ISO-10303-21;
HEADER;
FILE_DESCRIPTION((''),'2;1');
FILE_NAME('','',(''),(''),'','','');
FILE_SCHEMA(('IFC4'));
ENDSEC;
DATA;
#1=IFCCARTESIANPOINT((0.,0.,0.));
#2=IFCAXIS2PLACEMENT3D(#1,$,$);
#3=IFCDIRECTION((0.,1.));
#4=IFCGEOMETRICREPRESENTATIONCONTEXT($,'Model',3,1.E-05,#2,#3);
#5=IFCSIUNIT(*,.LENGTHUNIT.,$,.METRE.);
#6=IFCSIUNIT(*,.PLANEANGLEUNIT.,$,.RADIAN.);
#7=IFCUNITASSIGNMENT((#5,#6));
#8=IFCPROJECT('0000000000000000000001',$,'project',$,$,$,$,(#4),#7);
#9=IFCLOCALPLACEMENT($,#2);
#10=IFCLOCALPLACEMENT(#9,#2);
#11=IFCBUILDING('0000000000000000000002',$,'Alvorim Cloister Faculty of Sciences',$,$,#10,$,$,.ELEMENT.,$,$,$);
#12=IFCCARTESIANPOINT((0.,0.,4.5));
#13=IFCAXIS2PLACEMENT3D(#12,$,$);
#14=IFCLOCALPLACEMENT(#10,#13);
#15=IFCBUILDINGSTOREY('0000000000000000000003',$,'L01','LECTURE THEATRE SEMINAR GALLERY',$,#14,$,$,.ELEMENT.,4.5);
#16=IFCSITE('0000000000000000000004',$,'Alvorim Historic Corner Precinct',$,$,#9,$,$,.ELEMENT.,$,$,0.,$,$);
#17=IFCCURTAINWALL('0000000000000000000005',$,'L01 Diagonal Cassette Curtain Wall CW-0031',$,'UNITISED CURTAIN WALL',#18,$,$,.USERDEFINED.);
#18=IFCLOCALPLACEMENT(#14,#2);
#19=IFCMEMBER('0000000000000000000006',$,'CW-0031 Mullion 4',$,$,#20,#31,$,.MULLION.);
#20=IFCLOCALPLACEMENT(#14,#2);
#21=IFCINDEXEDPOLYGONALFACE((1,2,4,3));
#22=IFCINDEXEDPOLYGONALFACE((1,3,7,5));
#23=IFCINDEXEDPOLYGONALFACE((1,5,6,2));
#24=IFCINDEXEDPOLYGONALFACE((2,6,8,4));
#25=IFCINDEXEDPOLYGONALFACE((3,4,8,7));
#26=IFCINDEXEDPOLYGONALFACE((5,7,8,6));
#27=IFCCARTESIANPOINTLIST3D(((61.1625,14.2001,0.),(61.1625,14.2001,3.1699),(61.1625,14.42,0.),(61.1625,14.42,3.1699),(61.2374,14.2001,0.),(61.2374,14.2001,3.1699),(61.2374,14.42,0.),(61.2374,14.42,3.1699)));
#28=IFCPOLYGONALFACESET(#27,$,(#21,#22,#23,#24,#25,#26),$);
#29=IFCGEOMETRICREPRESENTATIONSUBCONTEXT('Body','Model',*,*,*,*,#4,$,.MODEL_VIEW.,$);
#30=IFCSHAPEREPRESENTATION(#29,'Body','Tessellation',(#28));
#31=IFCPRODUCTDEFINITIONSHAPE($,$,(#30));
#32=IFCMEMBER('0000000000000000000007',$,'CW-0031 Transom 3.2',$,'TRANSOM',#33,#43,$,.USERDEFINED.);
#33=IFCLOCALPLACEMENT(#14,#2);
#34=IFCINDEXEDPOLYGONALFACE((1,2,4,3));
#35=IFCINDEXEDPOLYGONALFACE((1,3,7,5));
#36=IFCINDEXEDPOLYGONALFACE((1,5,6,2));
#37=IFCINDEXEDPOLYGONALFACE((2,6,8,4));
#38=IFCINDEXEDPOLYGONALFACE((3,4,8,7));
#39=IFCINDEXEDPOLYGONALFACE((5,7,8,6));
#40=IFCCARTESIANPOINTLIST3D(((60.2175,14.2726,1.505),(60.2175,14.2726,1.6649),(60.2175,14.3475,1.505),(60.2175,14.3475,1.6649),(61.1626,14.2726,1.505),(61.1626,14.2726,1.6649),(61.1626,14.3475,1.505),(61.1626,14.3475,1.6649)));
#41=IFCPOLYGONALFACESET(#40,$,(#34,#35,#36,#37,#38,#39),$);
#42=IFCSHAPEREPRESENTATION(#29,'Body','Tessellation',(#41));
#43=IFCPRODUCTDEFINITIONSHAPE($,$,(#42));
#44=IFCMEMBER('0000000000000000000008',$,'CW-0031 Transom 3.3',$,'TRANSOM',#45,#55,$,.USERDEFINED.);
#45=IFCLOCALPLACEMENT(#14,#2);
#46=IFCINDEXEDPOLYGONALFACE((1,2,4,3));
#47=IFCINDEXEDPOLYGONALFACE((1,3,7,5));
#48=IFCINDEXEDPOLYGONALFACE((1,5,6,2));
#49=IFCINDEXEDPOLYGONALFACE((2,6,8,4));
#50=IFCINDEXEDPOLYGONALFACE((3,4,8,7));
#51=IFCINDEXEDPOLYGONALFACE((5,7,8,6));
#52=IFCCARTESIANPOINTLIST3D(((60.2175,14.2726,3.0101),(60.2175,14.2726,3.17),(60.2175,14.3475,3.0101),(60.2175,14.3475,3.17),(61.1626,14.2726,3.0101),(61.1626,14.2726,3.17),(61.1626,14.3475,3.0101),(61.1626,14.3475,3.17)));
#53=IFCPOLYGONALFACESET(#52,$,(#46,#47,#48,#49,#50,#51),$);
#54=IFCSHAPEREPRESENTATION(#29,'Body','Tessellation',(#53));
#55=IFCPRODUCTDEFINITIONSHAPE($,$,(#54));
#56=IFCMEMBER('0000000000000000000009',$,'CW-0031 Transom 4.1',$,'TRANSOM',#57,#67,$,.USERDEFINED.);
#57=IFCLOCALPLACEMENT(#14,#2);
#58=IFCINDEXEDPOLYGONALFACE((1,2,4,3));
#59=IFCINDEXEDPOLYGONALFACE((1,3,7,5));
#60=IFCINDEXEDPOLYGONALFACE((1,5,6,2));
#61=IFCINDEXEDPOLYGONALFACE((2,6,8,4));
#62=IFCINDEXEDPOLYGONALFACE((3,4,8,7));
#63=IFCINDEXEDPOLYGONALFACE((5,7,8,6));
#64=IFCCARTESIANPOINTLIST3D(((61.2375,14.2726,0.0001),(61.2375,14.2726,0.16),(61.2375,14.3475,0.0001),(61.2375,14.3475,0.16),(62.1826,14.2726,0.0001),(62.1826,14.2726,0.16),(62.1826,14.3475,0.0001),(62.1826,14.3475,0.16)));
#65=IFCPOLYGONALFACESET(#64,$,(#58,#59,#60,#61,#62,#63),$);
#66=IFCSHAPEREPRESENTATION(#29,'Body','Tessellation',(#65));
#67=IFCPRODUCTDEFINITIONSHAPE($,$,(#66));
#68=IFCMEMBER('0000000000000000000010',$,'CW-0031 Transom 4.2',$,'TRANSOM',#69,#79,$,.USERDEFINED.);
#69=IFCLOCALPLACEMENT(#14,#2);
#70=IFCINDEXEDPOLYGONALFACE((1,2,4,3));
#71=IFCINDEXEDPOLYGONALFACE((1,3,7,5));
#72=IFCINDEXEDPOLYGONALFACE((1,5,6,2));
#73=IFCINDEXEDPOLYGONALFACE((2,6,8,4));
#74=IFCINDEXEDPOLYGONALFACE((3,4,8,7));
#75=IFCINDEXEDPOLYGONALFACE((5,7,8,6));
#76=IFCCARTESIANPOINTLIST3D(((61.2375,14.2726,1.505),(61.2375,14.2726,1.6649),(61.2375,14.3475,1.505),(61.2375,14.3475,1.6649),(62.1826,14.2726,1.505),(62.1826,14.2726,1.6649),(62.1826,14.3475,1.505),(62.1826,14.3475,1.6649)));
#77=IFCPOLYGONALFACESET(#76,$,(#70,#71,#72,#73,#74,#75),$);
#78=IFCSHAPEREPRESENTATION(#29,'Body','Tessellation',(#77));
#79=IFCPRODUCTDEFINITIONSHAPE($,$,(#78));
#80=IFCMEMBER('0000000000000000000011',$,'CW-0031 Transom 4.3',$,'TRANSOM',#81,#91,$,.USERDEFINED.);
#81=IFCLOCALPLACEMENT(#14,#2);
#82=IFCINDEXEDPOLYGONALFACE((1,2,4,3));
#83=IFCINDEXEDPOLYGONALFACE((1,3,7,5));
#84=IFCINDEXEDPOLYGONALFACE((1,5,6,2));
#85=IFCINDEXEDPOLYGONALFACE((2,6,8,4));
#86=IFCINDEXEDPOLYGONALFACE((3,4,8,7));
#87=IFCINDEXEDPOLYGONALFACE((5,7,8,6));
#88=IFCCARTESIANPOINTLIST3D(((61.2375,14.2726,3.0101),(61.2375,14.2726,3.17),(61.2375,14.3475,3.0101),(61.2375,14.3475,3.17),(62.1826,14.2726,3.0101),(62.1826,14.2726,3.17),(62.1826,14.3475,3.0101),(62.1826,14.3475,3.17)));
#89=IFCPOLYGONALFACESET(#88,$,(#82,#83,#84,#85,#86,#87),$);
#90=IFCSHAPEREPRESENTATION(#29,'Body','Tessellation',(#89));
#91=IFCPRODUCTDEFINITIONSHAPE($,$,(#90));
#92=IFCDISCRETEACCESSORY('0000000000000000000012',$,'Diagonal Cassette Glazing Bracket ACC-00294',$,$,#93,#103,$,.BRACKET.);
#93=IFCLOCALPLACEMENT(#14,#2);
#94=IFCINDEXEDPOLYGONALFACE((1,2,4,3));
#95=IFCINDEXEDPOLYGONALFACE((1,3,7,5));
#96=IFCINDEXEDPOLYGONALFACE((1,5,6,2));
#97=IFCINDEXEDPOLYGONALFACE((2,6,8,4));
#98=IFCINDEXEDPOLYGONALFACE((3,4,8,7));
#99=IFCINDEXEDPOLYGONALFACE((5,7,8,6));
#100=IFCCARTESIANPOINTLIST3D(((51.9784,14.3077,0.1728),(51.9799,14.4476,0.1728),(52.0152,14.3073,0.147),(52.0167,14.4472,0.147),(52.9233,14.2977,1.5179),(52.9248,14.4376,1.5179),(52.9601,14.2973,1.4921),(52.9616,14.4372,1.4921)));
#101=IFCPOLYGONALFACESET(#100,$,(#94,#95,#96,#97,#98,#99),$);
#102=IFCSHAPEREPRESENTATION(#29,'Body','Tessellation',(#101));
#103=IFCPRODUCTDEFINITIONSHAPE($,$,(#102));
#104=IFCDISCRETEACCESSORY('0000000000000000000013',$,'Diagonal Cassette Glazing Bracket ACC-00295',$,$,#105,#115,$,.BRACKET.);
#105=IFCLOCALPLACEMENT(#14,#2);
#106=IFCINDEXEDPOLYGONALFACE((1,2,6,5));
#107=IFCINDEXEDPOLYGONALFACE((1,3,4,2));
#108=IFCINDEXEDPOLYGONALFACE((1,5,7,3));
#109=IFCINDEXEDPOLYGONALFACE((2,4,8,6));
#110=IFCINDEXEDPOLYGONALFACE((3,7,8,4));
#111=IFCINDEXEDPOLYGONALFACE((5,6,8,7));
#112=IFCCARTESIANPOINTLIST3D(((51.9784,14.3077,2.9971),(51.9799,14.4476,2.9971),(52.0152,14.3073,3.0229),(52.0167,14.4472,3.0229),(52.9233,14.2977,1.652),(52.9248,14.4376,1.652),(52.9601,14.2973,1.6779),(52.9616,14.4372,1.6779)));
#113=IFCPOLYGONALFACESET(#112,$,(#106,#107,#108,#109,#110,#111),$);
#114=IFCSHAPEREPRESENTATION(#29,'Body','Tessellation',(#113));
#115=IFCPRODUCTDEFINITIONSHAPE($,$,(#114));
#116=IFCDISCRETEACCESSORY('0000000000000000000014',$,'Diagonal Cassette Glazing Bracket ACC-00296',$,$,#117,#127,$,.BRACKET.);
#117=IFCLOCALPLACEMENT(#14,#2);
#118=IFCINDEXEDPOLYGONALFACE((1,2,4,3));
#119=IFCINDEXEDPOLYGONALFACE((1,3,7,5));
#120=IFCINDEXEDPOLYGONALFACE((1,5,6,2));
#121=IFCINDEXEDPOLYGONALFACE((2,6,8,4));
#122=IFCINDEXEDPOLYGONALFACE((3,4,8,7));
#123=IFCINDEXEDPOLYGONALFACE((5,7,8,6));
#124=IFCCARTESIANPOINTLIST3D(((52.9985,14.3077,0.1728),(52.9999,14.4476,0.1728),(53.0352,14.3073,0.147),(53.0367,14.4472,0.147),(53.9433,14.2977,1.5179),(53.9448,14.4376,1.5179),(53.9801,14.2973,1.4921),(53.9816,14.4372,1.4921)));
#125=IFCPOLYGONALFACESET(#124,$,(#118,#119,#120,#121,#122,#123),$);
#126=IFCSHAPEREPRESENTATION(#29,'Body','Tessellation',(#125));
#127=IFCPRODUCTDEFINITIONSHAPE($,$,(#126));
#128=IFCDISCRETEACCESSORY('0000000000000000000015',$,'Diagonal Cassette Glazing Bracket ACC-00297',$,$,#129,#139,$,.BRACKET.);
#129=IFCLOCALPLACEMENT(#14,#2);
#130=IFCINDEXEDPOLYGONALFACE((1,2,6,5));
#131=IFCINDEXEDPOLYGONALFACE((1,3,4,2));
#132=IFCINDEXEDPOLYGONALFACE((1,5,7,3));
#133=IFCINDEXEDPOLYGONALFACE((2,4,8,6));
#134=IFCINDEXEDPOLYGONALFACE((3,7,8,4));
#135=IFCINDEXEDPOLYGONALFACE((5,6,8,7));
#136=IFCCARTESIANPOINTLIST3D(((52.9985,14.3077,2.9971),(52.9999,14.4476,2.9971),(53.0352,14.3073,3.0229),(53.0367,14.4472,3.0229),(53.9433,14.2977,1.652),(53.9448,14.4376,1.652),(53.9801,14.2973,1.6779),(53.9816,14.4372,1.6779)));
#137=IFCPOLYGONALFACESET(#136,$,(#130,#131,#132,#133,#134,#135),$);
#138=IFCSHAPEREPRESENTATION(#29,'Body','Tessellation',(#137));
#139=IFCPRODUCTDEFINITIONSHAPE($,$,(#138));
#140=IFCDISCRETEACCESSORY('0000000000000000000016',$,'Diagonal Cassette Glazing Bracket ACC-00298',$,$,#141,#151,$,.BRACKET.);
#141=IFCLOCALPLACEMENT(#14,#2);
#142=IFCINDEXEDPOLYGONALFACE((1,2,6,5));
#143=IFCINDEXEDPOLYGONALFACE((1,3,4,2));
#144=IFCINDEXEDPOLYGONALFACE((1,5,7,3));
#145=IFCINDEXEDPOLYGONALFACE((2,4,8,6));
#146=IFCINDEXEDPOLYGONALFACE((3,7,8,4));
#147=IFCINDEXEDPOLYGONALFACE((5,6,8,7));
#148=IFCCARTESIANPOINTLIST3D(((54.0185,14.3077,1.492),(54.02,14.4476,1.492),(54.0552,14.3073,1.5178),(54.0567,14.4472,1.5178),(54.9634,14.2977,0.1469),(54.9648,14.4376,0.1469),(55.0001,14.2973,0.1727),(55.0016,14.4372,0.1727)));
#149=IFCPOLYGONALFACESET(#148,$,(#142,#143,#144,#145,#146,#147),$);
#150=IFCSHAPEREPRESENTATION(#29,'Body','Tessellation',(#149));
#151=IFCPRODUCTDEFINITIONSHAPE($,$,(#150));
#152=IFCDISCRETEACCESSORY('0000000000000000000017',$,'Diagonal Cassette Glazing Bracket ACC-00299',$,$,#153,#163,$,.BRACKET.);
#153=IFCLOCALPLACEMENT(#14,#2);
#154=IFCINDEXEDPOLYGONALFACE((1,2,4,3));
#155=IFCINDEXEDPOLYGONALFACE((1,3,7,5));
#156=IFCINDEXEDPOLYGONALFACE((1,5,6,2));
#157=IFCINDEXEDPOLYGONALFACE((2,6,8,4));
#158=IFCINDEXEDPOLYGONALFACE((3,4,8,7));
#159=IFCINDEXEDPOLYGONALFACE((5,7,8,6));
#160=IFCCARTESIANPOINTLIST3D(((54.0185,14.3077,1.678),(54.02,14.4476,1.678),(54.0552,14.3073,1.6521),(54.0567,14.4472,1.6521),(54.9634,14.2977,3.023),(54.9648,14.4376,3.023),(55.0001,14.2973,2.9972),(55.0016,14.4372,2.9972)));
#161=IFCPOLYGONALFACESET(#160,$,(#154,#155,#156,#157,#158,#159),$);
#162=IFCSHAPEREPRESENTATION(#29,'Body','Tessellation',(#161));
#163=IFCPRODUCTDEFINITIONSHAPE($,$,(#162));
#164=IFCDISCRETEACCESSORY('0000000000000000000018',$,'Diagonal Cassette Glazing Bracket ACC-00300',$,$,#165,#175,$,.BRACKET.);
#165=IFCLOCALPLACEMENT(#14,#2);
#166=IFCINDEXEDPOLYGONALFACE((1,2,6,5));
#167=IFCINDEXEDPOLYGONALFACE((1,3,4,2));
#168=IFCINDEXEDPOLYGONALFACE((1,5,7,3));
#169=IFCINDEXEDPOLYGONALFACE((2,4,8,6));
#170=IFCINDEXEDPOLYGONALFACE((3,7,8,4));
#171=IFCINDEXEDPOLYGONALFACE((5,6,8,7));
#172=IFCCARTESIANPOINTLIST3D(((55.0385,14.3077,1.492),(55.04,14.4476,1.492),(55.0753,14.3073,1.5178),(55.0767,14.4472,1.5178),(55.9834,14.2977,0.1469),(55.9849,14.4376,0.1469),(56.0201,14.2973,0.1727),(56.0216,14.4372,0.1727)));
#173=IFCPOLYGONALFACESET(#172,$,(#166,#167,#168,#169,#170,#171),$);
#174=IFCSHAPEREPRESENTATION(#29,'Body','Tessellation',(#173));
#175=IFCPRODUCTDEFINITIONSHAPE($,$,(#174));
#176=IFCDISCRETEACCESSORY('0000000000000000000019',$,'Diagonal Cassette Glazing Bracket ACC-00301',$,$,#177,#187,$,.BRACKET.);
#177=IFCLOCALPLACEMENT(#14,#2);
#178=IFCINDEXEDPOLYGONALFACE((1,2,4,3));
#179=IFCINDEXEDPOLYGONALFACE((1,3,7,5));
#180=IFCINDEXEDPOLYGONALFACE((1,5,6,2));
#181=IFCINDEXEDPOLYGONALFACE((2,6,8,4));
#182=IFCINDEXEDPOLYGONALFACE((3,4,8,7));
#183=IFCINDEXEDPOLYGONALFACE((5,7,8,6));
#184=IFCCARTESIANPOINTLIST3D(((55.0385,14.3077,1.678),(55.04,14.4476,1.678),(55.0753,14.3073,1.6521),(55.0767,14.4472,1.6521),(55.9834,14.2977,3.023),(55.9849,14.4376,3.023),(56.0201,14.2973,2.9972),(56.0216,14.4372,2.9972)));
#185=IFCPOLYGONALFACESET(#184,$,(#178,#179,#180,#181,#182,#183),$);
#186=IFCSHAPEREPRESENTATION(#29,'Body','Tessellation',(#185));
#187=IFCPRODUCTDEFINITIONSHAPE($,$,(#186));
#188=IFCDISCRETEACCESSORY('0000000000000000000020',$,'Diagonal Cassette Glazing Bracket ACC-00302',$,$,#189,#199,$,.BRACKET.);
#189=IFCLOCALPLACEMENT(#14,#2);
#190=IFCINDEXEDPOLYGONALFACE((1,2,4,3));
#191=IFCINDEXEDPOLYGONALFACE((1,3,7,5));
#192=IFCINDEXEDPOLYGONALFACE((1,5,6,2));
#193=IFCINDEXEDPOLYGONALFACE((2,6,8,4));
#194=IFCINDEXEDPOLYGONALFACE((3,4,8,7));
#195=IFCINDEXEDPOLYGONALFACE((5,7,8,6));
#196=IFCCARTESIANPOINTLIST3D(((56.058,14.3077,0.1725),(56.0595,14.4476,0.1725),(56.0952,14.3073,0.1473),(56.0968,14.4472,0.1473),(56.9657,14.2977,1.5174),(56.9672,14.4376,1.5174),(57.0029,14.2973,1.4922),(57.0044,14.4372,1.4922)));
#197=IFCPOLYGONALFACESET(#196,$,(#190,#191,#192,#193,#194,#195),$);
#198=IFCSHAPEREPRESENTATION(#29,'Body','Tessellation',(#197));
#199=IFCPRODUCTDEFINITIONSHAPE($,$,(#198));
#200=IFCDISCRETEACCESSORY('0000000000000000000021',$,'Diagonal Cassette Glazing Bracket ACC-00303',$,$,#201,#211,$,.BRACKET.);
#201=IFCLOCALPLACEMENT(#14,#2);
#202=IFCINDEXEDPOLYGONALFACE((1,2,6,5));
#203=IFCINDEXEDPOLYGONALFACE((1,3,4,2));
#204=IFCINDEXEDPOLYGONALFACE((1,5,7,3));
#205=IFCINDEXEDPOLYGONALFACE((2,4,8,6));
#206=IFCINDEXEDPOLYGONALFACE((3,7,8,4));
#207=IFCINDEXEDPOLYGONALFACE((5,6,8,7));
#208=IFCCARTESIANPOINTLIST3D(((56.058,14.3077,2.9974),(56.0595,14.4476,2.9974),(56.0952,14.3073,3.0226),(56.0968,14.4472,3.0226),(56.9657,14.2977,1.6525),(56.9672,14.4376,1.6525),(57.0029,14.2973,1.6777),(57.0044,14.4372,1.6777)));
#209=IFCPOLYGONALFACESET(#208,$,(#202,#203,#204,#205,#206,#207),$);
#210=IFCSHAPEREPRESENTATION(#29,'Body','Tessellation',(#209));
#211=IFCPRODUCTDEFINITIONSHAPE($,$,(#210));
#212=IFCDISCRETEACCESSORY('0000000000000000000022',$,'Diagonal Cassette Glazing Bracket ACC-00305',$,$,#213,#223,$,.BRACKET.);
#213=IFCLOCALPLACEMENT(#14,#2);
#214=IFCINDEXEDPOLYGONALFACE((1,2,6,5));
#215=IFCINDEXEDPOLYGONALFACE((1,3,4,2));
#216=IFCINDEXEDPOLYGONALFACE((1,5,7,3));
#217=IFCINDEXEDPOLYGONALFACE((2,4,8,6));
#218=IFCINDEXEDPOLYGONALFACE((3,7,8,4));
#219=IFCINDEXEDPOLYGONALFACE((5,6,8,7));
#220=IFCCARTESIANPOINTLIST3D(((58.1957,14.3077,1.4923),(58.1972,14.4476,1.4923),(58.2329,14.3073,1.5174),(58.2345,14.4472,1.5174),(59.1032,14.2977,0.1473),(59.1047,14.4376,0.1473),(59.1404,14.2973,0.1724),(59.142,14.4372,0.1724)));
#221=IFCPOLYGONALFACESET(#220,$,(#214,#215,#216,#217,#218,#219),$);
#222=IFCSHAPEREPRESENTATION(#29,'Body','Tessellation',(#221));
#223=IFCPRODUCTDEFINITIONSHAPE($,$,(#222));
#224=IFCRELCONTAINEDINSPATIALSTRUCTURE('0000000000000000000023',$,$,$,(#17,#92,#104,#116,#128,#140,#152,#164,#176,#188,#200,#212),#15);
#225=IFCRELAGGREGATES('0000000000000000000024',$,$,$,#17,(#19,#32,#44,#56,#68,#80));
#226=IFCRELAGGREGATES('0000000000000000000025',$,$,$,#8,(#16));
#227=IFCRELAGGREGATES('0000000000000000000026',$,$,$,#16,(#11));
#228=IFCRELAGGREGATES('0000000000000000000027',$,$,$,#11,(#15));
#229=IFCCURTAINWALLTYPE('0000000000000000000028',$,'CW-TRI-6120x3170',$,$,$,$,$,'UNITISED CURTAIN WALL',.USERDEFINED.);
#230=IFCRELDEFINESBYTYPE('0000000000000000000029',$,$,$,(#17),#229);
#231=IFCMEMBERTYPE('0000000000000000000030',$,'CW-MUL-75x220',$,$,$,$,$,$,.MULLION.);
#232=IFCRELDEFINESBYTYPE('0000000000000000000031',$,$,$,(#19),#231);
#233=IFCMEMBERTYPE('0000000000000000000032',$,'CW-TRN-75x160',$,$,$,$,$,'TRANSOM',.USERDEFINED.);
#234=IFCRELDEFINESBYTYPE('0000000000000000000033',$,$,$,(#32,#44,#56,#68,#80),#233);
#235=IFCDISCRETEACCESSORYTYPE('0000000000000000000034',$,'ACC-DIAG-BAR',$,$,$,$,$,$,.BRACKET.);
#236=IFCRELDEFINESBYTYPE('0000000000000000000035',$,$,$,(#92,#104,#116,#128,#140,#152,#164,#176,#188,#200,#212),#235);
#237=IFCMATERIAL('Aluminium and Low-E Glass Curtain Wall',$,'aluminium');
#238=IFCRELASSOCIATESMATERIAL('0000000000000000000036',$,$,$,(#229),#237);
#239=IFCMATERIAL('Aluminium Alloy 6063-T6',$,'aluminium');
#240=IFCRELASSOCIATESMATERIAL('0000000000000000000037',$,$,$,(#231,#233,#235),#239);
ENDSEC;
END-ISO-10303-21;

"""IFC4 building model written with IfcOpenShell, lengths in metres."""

from ifc_helpers import new_model, si_unit, direction, frame, origin, origin_2d, place, context, subcontext, project, spatial, rectangle, extrude, material, material_profile, profile_set, type_object, element, aggregate, save


model = new_model("IFC4")

# Units and contexts
model_context = context("Model", 3, precision=1e-05, world=origin(), true_north=direction((0.0, 1.0)))
body_context = subcontext(model_context, "Body", "Model", "MODEL_VIEW")
ifc_project = project(units=[si_unit("LENGTHUNIT", "METRE"), si_unit("PLANEANGLEUNIT", "RADIAN")], contexts=[model_context])

# Site, building, storey
site_placement = place(None, origin())
site = spatial("IfcSite", under=ifc_project, at=site_placement, Name="Alvorim Historic Corner Precinct", CompositionType="ELEMENT", RefElevation=0.0)
building_placement = place(site_placement, origin())
building = spatial("IfcBuilding", under=site, at=building_placement, Name="Alvorim Cloister Faculty of Sciences", CompositionType="ELEMENT")
storey_placement = place(building_placement, frame((0.0, 0.0, 4.5)))
storey = spatial("IfcBuildingStorey", under=building, at=storey_placement, Name="L01", Description="LECTURE THEATRE SEMINAR GALLERY", CompositionType="ELEMENT", Elevation=4.5)

# Curtain wall, members
ifc_material_1 = material(Name="Aluminium and Low-E Glass Curtain Wall", Category="aluminium")
curtain_wall_type = type_object("IfcCurtainWallType", Name="CW-TRI-6120x3170", ElementType="UNITISED CURTAIN WALL", PredefinedType="USERDEFINED", material=ifc_material_1)
curtain_wall_placement = place(storey_placement, origin())
curtain_wall = element("IfcCurtainWall", 1, at=curtain_wall_placement, inside=storey, type_object=curtain_wall_type, Name="L01 Diagonal Cassette Curtain Wall CW-0031", ObjectType="UNITISED CURTAIN WALL", PredefinedType="USERDEFINED")
ifc_material_2 = material(Name="Aluminium Alloy 6063-T6", Category="aluminium")
ifc_material_profile_1 = material_profile(ifc_material_2, rectangle(XDim=0.075, YDim=0.22, at=origin_2d()), Name="ALU-MUL-75x220")
ifc_profile_set_1 = profile_set([ifc_material_profile_1], Name="Aluminium Alloy 6063-T6")
member_type_1 = type_object("IfcMemberType", Name="CW-MUL-75x220", PredefinedType="MULLION", material=ifc_profile_set_1)
member_1_placement = place(storey_placement, frame((61.2, 14.3101, 0.0), z_axis=(0.0, 0.0, 1.0), x_axis=(1.0, 0.0, 0.0)))
member_1 = element("IfcMember", 2, at=member_1_placement, type_object=member_type_1, Name="CW-0031 Mullion 4", PredefinedType="MULLION", context=body_context, shape_type="SweptSolid", body=[
    extrude(rectangle(XDim=0.075, YDim=0.22, at=origin_2d()), origin(), (0.0, 0.0, 1.0), 3.1699),
])
ifc_material_profile_2 = material_profile(ifc_material_2, rectangle(XDim=0.075, YDim=0.1599, at=origin_2d()), Name="ALU-TRN-75x160")
ifc_profile_set_2 = profile_set([ifc_material_profile_2], Name="Aluminium Alloy 6063-T6")
member_type_2 = type_object("IfcMemberType", Name="CW-TRN-75x160", ElementType="TRANSOM", PredefinedType="USERDEFINED", material=ifc_profile_set_2)
member_2_placement = place(storey_placement, frame((60.2175, 14.3101, 1.585), z_axis=(1.0, 0.0, 0.0), x_axis=(0.0, 1.0, 0.0)))
member_2 = element("IfcMember", 3, at=member_2_placement, type_object=member_type_2, Name="CW-0031 Transom 3.2", ObjectType="TRANSOM", PredefinedType="USERDEFINED", context=body_context, shape_type="SweptSolid", body=[
    extrude(rectangle(XDim=0.075, YDim=0.1599, at=origin_2d()), origin(), (0.0, 0.0, 1.0), 0.9451),
])
member_3_placement = place(storey_placement, frame((60.2175, 14.3101, 3.0901), z_axis=(1.0, 0.0, 0.0), x_axis=(0.0, 1.0, 0.0)))
member_3 = element("IfcMember", 4, at=member_3_placement, type_object=member_type_2, Name="CW-0031 Transom 3.3", ObjectType="TRANSOM", PredefinedType="USERDEFINED", context=body_context, shape_type="SweptSolid", body=[
    extrude(rectangle(XDim=0.075, YDim=0.1599, at=origin_2d()), origin(), (0.0, 0.0, 1.0), 0.9451),
])
member_4_placement = place(storey_placement, frame((61.2375, 14.3101, 0.0801), z_axis=(1.0, 0.0, 0.0), x_axis=(0.0, 1.0, 0.0)))
member_4 = element("IfcMember", 5, at=member_4_placement, type_object=member_type_2, Name="CW-0031 Transom 4.1", ObjectType="TRANSOM", PredefinedType="USERDEFINED", context=body_context, shape_type="SweptSolid", body=[
    extrude(rectangle(XDim=0.075, YDim=0.1599, at=origin_2d()), origin(), (0.0, 0.0, 1.0), 0.9451),
])
member_5_placement = place(storey_placement, frame((61.2375, 14.3101, 1.585), z_axis=(1.0, 0.0, 0.0), x_axis=(0.0, 1.0, 0.0)))
member_5 = element("IfcMember", 6, at=member_5_placement, type_object=member_type_2, Name="CW-0031 Transom 4.2", ObjectType="TRANSOM", PredefinedType="USERDEFINED", context=body_context, shape_type="SweptSolid", body=[
    extrude(rectangle(XDim=0.075, YDim=0.1599, at=origin_2d()), origin(), (0.0, 0.0, 1.0), 0.9451),
])
member_6_placement = place(storey_placement, frame((61.2375, 14.3101, 3.0901), z_axis=(1.0, 0.0, 0.0), x_axis=(0.0, 1.0, 0.0)))
member_6 = element("IfcMember", 7, at=member_6_placement, type_object=member_type_2, Name="CW-0031 Transom 4.3", ObjectType="TRANSOM", PredefinedType="USERDEFINED", context=body_context, shape_type="SweptSolid", body=[
    extrude(rectangle(XDim=0.075, YDim=0.1599, at=origin_2d()), origin(), (0.0, 0.0, 1.0), 0.9451),
])
aggregate(curtain_wall, [member_1, member_2, member_3, member_4, member_5, member_6])

# Discrete accessories
discrete_accessory_type = type_object("IfcDiscreteAccessoryType", Name="ACC-DIAG-BAR", PredefinedType="BRACKET", material=ifc_material_2)
for number, where, z_axis, x_axis, name in (
    (8, (51.9976, 14.3774, 0.1599), (0.574817, -0.00609, 0.81826), (0.010594, 0.999944, 0.0), "Diagonal Cassette Glazing Bracket ACC-00294"),
    (9, (51.9976, 14.3774, 3.01), (0.574817, -0.00609, -0.81826), (0.010594, 0.999944, 0.0), "Diagonal Cassette Glazing Bracket ACC-00295"),
    (10, (53.0176, 14.3774, 0.1599), (0.574817, -0.00609, 0.81826), (0.010594, 0.999944, 0.0), "Diagonal Cassette Glazing Bracket ACC-00296"),
    (11, (53.0176, 14.3774, 3.01), (0.574817, -0.00609, -0.81826), (0.010594, 0.999944, 0.0), "Diagonal Cassette Glazing Bracket ACC-00297"),
    (12, (54.0376, 14.3774, 1.5049), (0.574817, -0.00609, -0.81826), (0.010594, 0.999944, 0.0), "Diagonal Cassette Glazing Bracket ACC-00298"),
    (13, (54.0376, 14.3774, 1.665), (0.574817, -0.00609, 0.81826), (0.010594, 0.999944, 0.0), "Diagonal Cassette Glazing Bracket ACC-00299"),
    (14, (55.0576, 14.3774, 1.5049), (0.574817, -0.00609, -0.81826), (0.010594, 0.999944, 0.0), "Diagonal Cassette Glazing Bracket ACC-00300"),
    (15, (55.0576, 14.3774, 1.665), (0.574817, -0.00609, 0.81826), (0.010594, 0.999944, 0.0), "Diagonal Cassette Glazing Bracket ACC-00301"),
):
    element("IfcDiscreteAccessory", number, at=place(storey_placement, frame(where, z_axis=z_axis, x_axis=x_axis)), inside=storey, type_object=discrete_accessory_type, Name=name, PredefinedType="BRACKET", context=body_context, shape_type="SweptSolid", body=[
        extrude(rectangle(XDim=0.1399, YDim=0.0449, at=origin_2d()), origin(), (0.0, 0.0, 1.0), 1.6438),
    ])
for number, where, z_axis, x_axis, name in (
    (16, (56.0774, 14.3774, 0.1599), (0.559403, -0.006169, 0.828873), (0.011027, 0.999939, 0.0), "Diagonal Cassette Glazing Bracket ACC-00302"),
    (17, (56.0774, 14.3774, 3.01), (0.559403, -0.006169, -0.828873), (0.011027, 0.999939, 0.0), "Diagonal Cassette Glazing Bracket ACC-00303"),
    (18, (58.2151, 14.3774, 1.5049), (0.559299, -0.006169, -0.828943), (0.01103, 0.999939, 0.0), "Diagonal Cassette Glazing Bracket ACC-00305"),
):
    element("IfcDiscreteAccessory", number, at=place(storey_placement, frame(where, z_axis=z_axis, x_axis=x_axis)), inside=storey, type_object=discrete_accessory_type, Name=name, PredefinedType="BRACKET", context=body_context, shape_type="SweptSolid", body=[
        extrude(rectangle(XDim=0.1399, YDim=0.0449, at=origin_2d()), origin(), (0.0, 0.0, 1.0), 1.6226),
    ])

save(model, "model.ifc")
